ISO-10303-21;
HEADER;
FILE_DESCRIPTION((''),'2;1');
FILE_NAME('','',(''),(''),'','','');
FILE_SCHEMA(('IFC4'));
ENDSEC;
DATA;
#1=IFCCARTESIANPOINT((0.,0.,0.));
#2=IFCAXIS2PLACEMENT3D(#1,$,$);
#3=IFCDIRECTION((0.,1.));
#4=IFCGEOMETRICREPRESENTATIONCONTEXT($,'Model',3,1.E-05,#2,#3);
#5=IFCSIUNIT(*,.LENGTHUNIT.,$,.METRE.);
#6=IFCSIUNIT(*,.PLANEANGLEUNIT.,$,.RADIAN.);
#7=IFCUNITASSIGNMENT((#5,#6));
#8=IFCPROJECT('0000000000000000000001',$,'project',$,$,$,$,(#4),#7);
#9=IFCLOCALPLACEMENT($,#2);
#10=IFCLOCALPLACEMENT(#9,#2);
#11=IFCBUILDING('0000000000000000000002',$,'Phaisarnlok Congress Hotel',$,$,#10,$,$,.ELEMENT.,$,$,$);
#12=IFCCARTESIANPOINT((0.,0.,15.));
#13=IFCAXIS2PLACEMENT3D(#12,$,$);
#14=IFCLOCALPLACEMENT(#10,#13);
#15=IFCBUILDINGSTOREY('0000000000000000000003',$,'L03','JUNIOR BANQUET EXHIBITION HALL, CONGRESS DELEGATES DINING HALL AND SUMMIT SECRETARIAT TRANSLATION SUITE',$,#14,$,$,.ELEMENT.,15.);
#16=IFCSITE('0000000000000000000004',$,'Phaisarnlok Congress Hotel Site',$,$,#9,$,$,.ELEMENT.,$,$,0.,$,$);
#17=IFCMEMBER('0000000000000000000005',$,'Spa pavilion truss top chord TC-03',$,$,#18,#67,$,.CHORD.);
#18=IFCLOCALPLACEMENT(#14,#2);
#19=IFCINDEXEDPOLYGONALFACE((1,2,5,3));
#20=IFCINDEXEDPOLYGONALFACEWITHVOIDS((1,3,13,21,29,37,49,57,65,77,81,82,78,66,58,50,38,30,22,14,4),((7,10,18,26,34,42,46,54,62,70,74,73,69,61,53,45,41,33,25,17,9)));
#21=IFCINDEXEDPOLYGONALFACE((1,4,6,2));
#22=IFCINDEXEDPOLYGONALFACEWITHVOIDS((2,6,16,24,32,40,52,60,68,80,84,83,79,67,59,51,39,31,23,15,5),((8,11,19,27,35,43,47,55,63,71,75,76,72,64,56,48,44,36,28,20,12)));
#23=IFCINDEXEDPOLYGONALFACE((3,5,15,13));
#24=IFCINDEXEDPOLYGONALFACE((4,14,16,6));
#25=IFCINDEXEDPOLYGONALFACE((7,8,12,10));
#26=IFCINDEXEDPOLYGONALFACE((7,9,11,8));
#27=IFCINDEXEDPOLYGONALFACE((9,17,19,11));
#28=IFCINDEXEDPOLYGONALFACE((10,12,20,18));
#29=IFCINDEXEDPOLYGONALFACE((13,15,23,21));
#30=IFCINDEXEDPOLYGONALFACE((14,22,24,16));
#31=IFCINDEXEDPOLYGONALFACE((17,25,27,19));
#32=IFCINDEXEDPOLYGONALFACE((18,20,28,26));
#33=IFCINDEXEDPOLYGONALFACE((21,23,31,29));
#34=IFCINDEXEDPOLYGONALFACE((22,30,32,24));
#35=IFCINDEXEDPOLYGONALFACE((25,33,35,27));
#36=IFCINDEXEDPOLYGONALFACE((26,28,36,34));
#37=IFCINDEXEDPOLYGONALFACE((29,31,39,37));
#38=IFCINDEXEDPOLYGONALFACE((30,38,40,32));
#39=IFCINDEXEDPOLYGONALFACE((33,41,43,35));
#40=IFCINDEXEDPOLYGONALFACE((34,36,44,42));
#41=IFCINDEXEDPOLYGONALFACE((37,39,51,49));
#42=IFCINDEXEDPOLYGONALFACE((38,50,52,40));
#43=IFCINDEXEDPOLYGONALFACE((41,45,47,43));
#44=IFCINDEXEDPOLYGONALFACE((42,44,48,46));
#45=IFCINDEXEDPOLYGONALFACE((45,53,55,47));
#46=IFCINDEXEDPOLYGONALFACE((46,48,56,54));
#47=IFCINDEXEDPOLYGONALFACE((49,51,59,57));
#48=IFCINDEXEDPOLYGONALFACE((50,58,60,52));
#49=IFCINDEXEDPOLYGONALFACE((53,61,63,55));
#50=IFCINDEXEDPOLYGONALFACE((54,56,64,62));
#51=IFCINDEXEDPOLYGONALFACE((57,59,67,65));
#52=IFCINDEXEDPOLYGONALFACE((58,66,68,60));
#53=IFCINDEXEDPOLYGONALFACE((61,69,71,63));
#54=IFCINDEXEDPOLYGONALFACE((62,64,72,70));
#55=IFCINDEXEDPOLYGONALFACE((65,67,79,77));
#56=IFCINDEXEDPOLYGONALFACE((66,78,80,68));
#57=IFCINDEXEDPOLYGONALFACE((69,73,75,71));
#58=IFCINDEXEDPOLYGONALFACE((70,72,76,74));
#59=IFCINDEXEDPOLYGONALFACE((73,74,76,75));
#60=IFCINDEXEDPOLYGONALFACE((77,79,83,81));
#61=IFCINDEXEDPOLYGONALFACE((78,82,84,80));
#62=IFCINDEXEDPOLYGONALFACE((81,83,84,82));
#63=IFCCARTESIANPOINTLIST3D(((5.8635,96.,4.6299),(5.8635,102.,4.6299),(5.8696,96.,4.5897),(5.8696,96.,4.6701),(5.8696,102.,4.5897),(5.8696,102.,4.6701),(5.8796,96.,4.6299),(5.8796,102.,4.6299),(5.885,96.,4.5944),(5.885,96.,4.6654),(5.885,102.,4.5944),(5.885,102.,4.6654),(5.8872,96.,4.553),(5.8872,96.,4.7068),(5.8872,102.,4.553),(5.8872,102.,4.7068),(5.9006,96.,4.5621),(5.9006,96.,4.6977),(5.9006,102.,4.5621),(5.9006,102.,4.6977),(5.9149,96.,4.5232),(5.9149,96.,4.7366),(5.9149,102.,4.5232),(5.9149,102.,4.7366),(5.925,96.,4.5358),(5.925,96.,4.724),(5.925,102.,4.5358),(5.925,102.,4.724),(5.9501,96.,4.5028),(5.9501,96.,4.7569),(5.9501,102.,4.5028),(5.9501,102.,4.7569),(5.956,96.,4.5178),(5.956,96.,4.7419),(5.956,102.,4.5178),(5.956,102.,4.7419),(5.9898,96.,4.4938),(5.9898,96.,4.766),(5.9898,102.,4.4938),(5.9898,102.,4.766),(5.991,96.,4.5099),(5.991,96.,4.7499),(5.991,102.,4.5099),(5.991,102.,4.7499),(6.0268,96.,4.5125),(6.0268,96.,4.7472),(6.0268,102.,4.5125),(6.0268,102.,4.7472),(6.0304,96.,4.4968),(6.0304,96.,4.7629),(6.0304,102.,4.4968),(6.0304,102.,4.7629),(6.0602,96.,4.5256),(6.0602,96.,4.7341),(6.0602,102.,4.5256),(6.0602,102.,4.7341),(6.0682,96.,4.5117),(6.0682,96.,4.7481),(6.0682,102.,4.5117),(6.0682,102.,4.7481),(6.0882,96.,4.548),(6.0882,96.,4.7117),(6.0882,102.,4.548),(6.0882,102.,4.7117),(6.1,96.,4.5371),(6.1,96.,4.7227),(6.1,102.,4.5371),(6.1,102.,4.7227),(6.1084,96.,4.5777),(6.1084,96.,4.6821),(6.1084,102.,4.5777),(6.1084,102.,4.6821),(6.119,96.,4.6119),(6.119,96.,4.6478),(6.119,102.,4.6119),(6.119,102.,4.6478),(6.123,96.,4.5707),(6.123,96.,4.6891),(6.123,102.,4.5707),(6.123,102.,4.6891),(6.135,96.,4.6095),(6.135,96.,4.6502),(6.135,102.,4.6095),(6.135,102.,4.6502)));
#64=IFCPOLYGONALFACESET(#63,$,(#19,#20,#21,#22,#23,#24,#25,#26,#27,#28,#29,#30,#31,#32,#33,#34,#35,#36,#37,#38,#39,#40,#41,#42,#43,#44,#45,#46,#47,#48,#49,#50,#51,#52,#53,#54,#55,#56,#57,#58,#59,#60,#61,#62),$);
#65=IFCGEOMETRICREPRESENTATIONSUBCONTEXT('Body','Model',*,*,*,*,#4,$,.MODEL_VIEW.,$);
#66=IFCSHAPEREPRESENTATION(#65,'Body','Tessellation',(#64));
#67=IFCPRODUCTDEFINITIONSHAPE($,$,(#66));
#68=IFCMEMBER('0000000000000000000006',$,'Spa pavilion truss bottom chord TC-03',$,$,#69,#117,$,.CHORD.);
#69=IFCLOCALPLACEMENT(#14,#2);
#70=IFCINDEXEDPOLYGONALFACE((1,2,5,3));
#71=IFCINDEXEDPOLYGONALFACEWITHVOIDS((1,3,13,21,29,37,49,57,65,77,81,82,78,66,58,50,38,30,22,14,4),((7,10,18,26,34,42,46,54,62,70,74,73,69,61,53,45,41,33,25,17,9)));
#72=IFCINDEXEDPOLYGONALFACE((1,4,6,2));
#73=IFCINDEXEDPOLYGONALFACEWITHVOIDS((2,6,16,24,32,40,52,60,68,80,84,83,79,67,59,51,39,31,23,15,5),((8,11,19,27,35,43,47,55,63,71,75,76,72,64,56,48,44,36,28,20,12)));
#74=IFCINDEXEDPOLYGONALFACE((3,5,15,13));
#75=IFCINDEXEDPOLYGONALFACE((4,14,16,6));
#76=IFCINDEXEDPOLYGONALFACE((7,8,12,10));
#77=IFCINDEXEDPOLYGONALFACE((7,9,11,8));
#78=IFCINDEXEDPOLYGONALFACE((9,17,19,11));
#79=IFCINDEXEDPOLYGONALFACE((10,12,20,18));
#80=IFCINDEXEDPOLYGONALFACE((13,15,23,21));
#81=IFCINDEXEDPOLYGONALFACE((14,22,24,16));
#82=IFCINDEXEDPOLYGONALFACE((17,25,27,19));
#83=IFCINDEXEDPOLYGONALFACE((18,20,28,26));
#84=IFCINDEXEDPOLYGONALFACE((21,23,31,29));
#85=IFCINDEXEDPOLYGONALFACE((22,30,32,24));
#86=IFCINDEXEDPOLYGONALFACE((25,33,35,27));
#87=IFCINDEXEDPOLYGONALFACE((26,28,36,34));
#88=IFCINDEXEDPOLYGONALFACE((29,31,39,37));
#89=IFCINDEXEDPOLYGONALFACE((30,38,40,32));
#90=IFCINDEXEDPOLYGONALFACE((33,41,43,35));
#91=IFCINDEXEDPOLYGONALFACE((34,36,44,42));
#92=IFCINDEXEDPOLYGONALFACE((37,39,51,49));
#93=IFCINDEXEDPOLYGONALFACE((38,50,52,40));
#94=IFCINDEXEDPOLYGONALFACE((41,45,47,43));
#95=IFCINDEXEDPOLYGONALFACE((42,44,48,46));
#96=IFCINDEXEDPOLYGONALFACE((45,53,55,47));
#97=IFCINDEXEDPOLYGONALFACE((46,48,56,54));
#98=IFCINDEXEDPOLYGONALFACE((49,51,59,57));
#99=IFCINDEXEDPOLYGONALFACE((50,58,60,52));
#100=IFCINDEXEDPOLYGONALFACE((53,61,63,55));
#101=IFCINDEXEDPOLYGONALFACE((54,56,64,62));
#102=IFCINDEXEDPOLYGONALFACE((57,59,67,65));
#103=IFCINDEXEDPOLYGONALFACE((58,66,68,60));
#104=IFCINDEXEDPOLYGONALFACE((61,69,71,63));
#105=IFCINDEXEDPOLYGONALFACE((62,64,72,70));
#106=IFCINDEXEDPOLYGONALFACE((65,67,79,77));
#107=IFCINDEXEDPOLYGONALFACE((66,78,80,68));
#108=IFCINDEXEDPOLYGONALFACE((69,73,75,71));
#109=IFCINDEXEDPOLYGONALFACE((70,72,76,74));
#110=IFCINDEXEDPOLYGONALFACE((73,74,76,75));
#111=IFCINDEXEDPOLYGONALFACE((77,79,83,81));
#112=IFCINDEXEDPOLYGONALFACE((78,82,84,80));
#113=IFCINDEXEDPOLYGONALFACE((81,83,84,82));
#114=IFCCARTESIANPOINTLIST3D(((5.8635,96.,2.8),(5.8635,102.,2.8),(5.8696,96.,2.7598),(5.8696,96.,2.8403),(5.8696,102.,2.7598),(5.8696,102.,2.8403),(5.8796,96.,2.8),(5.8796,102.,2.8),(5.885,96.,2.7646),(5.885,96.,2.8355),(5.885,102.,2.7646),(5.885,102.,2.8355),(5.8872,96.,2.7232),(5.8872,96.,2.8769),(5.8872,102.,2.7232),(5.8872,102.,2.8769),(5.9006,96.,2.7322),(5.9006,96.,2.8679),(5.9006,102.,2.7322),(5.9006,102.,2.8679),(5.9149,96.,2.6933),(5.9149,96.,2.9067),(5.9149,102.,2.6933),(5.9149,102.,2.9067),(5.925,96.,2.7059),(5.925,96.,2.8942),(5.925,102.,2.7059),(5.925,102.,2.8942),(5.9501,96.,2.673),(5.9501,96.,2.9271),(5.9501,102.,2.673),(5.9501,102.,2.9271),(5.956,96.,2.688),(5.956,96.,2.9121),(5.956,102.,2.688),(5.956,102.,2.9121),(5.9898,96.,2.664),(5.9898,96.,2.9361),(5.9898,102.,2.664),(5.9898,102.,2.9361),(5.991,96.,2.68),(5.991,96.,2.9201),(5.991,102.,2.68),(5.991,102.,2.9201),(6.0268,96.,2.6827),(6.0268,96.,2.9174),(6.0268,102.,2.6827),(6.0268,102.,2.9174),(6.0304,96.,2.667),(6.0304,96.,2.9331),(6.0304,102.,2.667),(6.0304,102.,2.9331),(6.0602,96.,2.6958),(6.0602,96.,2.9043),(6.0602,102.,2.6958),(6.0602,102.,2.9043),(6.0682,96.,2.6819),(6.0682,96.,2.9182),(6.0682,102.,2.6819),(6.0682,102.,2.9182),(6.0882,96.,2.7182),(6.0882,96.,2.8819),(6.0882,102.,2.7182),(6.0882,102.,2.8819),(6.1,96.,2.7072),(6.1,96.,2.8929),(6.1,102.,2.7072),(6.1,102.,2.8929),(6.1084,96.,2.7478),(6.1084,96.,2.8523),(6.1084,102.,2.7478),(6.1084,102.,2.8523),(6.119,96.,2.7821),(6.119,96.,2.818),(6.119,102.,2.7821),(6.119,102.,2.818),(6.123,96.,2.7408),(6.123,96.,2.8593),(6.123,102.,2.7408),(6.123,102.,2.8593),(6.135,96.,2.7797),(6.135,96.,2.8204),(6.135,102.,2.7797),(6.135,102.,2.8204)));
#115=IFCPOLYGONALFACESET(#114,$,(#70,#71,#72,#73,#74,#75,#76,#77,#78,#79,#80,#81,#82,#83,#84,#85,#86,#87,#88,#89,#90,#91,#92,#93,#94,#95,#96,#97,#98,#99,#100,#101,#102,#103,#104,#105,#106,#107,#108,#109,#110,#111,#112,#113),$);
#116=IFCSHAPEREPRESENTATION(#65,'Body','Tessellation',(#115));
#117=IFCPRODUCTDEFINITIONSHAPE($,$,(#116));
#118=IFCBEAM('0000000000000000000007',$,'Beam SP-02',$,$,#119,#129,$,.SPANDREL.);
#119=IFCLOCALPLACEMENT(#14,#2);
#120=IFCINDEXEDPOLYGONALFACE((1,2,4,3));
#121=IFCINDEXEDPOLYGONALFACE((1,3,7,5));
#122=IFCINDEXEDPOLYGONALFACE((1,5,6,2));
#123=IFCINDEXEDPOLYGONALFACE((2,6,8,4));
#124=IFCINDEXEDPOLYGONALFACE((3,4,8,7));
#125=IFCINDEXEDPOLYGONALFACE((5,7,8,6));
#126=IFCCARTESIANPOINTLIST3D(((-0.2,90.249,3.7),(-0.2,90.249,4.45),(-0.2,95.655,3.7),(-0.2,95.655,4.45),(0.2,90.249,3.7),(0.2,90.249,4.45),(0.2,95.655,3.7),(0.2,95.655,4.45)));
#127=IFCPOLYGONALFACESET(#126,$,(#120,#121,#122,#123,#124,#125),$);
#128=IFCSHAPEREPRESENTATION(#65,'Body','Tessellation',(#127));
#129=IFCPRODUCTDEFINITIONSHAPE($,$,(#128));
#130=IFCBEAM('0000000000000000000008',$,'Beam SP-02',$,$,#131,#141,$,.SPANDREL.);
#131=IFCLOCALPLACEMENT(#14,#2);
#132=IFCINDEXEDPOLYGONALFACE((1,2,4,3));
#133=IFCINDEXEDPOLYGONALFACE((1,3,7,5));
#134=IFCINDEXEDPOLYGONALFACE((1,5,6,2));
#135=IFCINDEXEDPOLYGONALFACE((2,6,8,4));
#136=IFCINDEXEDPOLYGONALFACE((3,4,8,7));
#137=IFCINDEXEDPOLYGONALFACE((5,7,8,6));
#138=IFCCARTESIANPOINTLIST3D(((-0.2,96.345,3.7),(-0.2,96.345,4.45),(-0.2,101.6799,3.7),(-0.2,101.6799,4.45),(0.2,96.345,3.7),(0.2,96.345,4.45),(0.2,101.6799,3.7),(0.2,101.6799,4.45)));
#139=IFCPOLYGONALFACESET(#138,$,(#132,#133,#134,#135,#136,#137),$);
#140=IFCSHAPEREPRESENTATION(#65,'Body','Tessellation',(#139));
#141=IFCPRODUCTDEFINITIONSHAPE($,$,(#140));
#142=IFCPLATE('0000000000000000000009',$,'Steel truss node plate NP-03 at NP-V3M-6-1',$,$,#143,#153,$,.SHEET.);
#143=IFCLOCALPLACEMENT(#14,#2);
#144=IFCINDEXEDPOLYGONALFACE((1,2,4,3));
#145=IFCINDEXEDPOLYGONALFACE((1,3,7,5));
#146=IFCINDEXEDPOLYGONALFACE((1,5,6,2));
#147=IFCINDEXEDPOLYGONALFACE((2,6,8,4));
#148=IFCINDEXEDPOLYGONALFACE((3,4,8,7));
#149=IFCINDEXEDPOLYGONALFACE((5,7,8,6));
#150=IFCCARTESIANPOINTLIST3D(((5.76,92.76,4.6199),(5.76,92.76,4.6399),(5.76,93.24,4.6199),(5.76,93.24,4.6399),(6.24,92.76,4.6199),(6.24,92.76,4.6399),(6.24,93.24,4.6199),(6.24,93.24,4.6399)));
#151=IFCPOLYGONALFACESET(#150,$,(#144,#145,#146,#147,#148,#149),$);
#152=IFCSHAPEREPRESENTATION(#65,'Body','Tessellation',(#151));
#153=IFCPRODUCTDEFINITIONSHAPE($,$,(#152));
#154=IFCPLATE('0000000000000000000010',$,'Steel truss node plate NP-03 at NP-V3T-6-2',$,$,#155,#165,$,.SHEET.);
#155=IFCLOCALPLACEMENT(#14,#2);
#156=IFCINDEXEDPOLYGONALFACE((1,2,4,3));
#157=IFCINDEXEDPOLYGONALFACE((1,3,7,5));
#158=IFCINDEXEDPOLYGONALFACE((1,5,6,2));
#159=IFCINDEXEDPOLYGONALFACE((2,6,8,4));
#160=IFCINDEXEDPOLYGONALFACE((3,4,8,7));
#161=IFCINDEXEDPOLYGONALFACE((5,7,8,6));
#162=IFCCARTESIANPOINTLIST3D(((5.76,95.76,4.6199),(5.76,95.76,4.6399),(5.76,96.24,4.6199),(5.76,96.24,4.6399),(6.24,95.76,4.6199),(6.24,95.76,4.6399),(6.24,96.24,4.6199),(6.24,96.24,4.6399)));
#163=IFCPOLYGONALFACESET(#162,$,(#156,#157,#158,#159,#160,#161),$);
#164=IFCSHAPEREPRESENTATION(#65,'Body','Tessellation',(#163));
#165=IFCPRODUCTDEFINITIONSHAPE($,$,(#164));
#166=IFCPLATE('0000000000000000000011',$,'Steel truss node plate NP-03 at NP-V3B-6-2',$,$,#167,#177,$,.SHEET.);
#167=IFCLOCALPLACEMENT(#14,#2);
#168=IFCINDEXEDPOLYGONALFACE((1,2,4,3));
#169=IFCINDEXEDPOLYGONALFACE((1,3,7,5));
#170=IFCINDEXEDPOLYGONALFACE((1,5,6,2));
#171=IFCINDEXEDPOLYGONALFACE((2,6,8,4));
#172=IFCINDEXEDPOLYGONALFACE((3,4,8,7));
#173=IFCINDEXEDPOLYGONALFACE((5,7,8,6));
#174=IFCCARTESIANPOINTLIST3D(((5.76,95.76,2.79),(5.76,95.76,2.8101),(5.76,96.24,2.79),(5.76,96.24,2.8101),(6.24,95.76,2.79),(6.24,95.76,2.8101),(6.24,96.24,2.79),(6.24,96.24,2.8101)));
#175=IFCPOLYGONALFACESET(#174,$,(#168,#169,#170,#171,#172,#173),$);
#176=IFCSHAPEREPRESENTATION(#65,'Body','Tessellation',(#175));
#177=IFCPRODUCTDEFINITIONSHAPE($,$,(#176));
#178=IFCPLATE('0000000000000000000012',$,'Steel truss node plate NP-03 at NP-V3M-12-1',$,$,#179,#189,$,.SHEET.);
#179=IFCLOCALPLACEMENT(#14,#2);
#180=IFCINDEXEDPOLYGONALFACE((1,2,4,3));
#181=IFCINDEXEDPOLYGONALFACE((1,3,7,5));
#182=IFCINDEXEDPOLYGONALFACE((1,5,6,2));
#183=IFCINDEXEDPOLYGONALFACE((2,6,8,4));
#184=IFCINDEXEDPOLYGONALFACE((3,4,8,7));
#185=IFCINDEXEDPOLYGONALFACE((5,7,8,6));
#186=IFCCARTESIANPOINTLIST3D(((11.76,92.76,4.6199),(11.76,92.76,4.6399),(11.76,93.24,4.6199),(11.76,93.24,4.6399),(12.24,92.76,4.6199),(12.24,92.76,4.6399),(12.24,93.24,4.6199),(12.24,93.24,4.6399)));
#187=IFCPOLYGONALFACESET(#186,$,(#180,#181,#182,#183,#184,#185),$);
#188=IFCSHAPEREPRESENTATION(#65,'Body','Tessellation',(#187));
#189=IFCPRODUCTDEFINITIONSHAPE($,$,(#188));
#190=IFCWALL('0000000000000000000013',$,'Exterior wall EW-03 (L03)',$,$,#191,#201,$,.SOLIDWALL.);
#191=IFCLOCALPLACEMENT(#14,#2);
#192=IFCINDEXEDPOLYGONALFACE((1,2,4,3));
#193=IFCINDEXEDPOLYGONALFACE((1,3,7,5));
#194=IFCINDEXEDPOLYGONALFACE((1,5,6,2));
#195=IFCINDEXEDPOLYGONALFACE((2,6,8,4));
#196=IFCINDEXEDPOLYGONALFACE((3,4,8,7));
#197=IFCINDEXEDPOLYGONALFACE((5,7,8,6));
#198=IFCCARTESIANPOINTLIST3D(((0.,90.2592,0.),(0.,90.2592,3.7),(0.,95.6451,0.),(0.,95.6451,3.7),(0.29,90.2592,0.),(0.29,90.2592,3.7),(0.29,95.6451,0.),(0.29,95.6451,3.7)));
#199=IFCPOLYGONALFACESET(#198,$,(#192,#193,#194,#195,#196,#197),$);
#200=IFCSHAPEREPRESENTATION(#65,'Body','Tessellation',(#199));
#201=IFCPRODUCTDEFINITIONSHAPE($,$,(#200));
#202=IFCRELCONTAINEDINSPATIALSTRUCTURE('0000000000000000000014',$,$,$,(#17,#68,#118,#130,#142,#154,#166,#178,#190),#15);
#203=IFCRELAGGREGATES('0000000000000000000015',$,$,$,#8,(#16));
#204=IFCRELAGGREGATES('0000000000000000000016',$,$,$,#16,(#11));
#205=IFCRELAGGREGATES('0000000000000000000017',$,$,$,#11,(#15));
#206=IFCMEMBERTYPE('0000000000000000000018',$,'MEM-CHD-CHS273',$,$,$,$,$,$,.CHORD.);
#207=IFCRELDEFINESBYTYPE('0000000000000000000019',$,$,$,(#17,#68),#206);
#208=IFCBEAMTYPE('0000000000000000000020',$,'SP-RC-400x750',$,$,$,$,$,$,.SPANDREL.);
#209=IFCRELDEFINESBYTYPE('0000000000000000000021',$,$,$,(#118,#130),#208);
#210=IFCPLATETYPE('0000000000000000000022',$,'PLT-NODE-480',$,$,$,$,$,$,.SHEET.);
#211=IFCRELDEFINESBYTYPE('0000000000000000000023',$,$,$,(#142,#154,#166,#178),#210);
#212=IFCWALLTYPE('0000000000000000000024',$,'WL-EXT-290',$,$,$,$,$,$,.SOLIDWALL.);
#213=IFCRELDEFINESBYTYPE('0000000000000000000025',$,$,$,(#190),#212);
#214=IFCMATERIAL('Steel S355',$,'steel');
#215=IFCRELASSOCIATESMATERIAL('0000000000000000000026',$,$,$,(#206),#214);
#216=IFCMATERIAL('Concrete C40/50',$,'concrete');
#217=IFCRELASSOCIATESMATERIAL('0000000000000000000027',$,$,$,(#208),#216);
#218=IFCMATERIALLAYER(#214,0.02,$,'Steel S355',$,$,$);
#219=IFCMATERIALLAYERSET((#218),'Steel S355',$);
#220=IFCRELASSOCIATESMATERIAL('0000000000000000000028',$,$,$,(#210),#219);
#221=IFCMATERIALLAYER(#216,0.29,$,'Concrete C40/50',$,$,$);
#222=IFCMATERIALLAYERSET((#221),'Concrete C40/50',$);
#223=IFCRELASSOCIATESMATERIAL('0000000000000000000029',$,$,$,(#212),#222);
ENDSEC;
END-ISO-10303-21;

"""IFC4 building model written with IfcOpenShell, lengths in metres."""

from ifc_helpers import new_model, si_unit, direction, frame, frame_2d, origin, origin_2d, place, context, subcontext, project, spatial, rectangle, hollow_circle, extrude, material, layer, layer_set, material_profile, profile_set, type_object, element, save


model = new_model("IFC4")

# Units and contexts
model_context = context("Model", 3, precision=1e-05, world=origin(), true_north=direction((0.0, 1.0)))
body_context = subcontext(model_context, "Body", "Model", "MODEL_VIEW")
ifc_project = project(units=[si_unit("LENGTHUNIT", "METRE"), si_unit("PLANEANGLEUNIT", "RADIAN")], contexts=[model_context])

# Site, building, storey
site_placement = place(None, origin())
site = spatial("IfcSite", under=ifc_project, at=site_placement, Name="Phaisarnlok Congress Hotel Site", CompositionType="ELEMENT", RefElevation=0.0)
building_placement = place(site_placement, origin())
building = spatial("IfcBuilding", under=site, at=building_placement, Name="Phaisarnlok Congress Hotel", CompositionType="ELEMENT")
storey_placement = place(building_placement, frame((0.0, 0.0, 15.0)))
storey = spatial("IfcBuildingStorey", under=building, at=storey_placement, Name="L03", Description="JUNIOR BANQUET EXHIBITION HALL, CONGRESS DELEGATES DINING HALL AND SUMMIT SECRETARIAT TRANSLATION SUITE", CompositionType="ELEMENT", Elevation=15.0)

# Members
ifc_material_1 = material(Name="Steel S355", Category="steel")
ifc_material_profile_1 = material_profile(ifc_material_1, hollow_circle(Radius=0.1365, WallThickness=0.0161, at=origin_2d()), Name="CHS 273x16")
ifc_profile_set_1 = profile_set([ifc_material_profile_1], Name="Steel S355")
member_type_1 = type_object("IfcMemberType", Name="MEM-CHD-CHS273", PredefinedType="CHORD", material=ifc_profile_set_1)
for number, where, z_axis, x_axis, name in (
    (1, (6.0, 96.0, 4.6299), (0.0, 1.0, 0.0), (-1.0, 0.0, 0.0), "Spa pavilion truss top chord TC-03"),
    (2, (6.0, 96.0, 2.8), (0.0, 1.0, 0.0), (-1.0, 0.0, 0.0), "Spa pavilion truss bottom chord TC-03"),
):
    element("IfcMember", number, at=place(storey_placement, frame(where, z_axis=z_axis, x_axis=x_axis)), inside=storey, type_object=member_type_1, Name=name, PredefinedType="CHORD", context=body_context, shape_type="SweptSolid", body=[
        extrude(hollow_circle(Radius=0.1365, WallThickness=0.0161, at=origin_2d()), origin(), (0.0, 0.0, 1.0), 6.0),
    ])

# Beams
ifc_material_2 = material(Name="Concrete C40/50", Category="concrete")
ifc_material_profile_2 = material_profile(ifc_material_2, rectangle(XDim=0.3999, YDim=0.75, at=origin_2d()), Name="RC 400x750")
ifc_profile_set_2 = profile_set([ifc_material_profile_2], Name="Concrete C40/50")
beam_type = type_object("IfcBeamType", Name="SP-RC-400x750", PredefinedType="SPANDREL", material=ifc_profile_set_2)
beam_1_placement = place(storey_placement, frame((0.0, 90.249, 4.075), z_axis=(0.0, 1.0, 0.0), x_axis=(-1.0, 0.0, 0.0)))
element("IfcBeam", 3, at=beam_1_placement, inside=storey, type_object=beam_type, Name="Beam SP-02", PredefinedType="SPANDREL", context=body_context, shape_type="SweptSolid", body=[
    extrude(rectangle(XDim=0.3999, YDim=0.75, at=origin_2d()), origin(), (0.0, 0.0, 1.0), 5.406),
])
beam_2_placement = place(storey_placement, frame((0.0, 96.345, 4.075), z_axis=(0.0, 1.0, 0.0), x_axis=(-1.0, 0.0, 0.0)))
element("IfcBeam", 4, at=beam_2_placement, inside=storey, type_object=beam_type, Name="Beam SP-02", PredefinedType="SPANDREL", context=body_context, shape_type="SweptSolid", body=[
    extrude(rectangle(XDim=0.3999, YDim=0.75, at=origin_2d()), origin(), (0.0, 0.0, 1.0), 5.335),
])

# Plates
ifc_layer_1 = layer(ifc_material_1, 0.02, Name="Steel S355")
ifc_layer_set_1 = layer_set([ifc_layer_1], Name="Steel S355")
plate_type = type_object("IfcPlateType", Name="PLT-NODE-480", PredefinedType="SHEET", material=ifc_layer_set_1)
for number, where, z_axis, x_axis, name in (
    (5, (6.0, 93.0, 4.6199), (0.0, 0.0, 1.0), (1.0, 0.0, 0.0), "Steel truss node plate NP-03 at NP-V3M-6-1"),
    (6, (6.0, 96.0, 4.6199), (0.0, 0.0, 1.0), (1.0, 0.0, 0.0), "Steel truss node plate NP-03 at NP-V3T-6-2"),
    (7, (6.0, 96.0, 2.79), (0.0, 0.0, 1.0), (1.0, 0.0, 0.0), "Steel truss node plate NP-03 at NP-V3B-6-2"),
    (8, (12.0, 93.0, 4.6199), (0.0, 0.0, 1.0), (1.0, 0.0, 0.0), "Steel truss node plate NP-03 at NP-V3M-12-1"),
):
    element("IfcPlate", number, at=place(storey_placement, frame(where, z_axis=z_axis, x_axis=x_axis)), inside=storey, type_object=plate_type, Name=name, PredefinedType="SHEET", context=body_context, shape_type="SweptSolid", body=[
        extrude(rectangle(XDim=0.48, YDim=0.48, at=origin_2d()), origin(), (0.0, 0.0, 1.0), 0.02),
    ])

# Wall
ifc_layer_2 = layer(ifc_material_2, 0.29, Name="Concrete C40/50")
ifc_layer_set_2 = layer_set([ifc_layer_2], Name="Concrete C40/50")
wall_type = type_object("IfcWallType", Name="WL-EXT-290", PredefinedType="SOLIDWALL", material=ifc_layer_set_2)
wall_placement = place(storey_placement, frame((0.145, 95.645, 0.0), z_axis=(0.0, 0.0, 1.0), x_axis=(0.0, -1.0, 0.0)))
element("IfcWall", 9, at=wall_placement, inside=storey, type_object=wall_type, Name="Exterior wall EW-03 (L03)", PredefinedType="SOLIDWALL", context=body_context, shape_type="SweptSolid", body=[
    extrude(rectangle(XDim=5.386, YDim=0.29, at=frame_2d((2.6929, 0.0))), origin(), (0.0, 0.0, 1.0), 3.7),
])

save(model, "model.ifc")
